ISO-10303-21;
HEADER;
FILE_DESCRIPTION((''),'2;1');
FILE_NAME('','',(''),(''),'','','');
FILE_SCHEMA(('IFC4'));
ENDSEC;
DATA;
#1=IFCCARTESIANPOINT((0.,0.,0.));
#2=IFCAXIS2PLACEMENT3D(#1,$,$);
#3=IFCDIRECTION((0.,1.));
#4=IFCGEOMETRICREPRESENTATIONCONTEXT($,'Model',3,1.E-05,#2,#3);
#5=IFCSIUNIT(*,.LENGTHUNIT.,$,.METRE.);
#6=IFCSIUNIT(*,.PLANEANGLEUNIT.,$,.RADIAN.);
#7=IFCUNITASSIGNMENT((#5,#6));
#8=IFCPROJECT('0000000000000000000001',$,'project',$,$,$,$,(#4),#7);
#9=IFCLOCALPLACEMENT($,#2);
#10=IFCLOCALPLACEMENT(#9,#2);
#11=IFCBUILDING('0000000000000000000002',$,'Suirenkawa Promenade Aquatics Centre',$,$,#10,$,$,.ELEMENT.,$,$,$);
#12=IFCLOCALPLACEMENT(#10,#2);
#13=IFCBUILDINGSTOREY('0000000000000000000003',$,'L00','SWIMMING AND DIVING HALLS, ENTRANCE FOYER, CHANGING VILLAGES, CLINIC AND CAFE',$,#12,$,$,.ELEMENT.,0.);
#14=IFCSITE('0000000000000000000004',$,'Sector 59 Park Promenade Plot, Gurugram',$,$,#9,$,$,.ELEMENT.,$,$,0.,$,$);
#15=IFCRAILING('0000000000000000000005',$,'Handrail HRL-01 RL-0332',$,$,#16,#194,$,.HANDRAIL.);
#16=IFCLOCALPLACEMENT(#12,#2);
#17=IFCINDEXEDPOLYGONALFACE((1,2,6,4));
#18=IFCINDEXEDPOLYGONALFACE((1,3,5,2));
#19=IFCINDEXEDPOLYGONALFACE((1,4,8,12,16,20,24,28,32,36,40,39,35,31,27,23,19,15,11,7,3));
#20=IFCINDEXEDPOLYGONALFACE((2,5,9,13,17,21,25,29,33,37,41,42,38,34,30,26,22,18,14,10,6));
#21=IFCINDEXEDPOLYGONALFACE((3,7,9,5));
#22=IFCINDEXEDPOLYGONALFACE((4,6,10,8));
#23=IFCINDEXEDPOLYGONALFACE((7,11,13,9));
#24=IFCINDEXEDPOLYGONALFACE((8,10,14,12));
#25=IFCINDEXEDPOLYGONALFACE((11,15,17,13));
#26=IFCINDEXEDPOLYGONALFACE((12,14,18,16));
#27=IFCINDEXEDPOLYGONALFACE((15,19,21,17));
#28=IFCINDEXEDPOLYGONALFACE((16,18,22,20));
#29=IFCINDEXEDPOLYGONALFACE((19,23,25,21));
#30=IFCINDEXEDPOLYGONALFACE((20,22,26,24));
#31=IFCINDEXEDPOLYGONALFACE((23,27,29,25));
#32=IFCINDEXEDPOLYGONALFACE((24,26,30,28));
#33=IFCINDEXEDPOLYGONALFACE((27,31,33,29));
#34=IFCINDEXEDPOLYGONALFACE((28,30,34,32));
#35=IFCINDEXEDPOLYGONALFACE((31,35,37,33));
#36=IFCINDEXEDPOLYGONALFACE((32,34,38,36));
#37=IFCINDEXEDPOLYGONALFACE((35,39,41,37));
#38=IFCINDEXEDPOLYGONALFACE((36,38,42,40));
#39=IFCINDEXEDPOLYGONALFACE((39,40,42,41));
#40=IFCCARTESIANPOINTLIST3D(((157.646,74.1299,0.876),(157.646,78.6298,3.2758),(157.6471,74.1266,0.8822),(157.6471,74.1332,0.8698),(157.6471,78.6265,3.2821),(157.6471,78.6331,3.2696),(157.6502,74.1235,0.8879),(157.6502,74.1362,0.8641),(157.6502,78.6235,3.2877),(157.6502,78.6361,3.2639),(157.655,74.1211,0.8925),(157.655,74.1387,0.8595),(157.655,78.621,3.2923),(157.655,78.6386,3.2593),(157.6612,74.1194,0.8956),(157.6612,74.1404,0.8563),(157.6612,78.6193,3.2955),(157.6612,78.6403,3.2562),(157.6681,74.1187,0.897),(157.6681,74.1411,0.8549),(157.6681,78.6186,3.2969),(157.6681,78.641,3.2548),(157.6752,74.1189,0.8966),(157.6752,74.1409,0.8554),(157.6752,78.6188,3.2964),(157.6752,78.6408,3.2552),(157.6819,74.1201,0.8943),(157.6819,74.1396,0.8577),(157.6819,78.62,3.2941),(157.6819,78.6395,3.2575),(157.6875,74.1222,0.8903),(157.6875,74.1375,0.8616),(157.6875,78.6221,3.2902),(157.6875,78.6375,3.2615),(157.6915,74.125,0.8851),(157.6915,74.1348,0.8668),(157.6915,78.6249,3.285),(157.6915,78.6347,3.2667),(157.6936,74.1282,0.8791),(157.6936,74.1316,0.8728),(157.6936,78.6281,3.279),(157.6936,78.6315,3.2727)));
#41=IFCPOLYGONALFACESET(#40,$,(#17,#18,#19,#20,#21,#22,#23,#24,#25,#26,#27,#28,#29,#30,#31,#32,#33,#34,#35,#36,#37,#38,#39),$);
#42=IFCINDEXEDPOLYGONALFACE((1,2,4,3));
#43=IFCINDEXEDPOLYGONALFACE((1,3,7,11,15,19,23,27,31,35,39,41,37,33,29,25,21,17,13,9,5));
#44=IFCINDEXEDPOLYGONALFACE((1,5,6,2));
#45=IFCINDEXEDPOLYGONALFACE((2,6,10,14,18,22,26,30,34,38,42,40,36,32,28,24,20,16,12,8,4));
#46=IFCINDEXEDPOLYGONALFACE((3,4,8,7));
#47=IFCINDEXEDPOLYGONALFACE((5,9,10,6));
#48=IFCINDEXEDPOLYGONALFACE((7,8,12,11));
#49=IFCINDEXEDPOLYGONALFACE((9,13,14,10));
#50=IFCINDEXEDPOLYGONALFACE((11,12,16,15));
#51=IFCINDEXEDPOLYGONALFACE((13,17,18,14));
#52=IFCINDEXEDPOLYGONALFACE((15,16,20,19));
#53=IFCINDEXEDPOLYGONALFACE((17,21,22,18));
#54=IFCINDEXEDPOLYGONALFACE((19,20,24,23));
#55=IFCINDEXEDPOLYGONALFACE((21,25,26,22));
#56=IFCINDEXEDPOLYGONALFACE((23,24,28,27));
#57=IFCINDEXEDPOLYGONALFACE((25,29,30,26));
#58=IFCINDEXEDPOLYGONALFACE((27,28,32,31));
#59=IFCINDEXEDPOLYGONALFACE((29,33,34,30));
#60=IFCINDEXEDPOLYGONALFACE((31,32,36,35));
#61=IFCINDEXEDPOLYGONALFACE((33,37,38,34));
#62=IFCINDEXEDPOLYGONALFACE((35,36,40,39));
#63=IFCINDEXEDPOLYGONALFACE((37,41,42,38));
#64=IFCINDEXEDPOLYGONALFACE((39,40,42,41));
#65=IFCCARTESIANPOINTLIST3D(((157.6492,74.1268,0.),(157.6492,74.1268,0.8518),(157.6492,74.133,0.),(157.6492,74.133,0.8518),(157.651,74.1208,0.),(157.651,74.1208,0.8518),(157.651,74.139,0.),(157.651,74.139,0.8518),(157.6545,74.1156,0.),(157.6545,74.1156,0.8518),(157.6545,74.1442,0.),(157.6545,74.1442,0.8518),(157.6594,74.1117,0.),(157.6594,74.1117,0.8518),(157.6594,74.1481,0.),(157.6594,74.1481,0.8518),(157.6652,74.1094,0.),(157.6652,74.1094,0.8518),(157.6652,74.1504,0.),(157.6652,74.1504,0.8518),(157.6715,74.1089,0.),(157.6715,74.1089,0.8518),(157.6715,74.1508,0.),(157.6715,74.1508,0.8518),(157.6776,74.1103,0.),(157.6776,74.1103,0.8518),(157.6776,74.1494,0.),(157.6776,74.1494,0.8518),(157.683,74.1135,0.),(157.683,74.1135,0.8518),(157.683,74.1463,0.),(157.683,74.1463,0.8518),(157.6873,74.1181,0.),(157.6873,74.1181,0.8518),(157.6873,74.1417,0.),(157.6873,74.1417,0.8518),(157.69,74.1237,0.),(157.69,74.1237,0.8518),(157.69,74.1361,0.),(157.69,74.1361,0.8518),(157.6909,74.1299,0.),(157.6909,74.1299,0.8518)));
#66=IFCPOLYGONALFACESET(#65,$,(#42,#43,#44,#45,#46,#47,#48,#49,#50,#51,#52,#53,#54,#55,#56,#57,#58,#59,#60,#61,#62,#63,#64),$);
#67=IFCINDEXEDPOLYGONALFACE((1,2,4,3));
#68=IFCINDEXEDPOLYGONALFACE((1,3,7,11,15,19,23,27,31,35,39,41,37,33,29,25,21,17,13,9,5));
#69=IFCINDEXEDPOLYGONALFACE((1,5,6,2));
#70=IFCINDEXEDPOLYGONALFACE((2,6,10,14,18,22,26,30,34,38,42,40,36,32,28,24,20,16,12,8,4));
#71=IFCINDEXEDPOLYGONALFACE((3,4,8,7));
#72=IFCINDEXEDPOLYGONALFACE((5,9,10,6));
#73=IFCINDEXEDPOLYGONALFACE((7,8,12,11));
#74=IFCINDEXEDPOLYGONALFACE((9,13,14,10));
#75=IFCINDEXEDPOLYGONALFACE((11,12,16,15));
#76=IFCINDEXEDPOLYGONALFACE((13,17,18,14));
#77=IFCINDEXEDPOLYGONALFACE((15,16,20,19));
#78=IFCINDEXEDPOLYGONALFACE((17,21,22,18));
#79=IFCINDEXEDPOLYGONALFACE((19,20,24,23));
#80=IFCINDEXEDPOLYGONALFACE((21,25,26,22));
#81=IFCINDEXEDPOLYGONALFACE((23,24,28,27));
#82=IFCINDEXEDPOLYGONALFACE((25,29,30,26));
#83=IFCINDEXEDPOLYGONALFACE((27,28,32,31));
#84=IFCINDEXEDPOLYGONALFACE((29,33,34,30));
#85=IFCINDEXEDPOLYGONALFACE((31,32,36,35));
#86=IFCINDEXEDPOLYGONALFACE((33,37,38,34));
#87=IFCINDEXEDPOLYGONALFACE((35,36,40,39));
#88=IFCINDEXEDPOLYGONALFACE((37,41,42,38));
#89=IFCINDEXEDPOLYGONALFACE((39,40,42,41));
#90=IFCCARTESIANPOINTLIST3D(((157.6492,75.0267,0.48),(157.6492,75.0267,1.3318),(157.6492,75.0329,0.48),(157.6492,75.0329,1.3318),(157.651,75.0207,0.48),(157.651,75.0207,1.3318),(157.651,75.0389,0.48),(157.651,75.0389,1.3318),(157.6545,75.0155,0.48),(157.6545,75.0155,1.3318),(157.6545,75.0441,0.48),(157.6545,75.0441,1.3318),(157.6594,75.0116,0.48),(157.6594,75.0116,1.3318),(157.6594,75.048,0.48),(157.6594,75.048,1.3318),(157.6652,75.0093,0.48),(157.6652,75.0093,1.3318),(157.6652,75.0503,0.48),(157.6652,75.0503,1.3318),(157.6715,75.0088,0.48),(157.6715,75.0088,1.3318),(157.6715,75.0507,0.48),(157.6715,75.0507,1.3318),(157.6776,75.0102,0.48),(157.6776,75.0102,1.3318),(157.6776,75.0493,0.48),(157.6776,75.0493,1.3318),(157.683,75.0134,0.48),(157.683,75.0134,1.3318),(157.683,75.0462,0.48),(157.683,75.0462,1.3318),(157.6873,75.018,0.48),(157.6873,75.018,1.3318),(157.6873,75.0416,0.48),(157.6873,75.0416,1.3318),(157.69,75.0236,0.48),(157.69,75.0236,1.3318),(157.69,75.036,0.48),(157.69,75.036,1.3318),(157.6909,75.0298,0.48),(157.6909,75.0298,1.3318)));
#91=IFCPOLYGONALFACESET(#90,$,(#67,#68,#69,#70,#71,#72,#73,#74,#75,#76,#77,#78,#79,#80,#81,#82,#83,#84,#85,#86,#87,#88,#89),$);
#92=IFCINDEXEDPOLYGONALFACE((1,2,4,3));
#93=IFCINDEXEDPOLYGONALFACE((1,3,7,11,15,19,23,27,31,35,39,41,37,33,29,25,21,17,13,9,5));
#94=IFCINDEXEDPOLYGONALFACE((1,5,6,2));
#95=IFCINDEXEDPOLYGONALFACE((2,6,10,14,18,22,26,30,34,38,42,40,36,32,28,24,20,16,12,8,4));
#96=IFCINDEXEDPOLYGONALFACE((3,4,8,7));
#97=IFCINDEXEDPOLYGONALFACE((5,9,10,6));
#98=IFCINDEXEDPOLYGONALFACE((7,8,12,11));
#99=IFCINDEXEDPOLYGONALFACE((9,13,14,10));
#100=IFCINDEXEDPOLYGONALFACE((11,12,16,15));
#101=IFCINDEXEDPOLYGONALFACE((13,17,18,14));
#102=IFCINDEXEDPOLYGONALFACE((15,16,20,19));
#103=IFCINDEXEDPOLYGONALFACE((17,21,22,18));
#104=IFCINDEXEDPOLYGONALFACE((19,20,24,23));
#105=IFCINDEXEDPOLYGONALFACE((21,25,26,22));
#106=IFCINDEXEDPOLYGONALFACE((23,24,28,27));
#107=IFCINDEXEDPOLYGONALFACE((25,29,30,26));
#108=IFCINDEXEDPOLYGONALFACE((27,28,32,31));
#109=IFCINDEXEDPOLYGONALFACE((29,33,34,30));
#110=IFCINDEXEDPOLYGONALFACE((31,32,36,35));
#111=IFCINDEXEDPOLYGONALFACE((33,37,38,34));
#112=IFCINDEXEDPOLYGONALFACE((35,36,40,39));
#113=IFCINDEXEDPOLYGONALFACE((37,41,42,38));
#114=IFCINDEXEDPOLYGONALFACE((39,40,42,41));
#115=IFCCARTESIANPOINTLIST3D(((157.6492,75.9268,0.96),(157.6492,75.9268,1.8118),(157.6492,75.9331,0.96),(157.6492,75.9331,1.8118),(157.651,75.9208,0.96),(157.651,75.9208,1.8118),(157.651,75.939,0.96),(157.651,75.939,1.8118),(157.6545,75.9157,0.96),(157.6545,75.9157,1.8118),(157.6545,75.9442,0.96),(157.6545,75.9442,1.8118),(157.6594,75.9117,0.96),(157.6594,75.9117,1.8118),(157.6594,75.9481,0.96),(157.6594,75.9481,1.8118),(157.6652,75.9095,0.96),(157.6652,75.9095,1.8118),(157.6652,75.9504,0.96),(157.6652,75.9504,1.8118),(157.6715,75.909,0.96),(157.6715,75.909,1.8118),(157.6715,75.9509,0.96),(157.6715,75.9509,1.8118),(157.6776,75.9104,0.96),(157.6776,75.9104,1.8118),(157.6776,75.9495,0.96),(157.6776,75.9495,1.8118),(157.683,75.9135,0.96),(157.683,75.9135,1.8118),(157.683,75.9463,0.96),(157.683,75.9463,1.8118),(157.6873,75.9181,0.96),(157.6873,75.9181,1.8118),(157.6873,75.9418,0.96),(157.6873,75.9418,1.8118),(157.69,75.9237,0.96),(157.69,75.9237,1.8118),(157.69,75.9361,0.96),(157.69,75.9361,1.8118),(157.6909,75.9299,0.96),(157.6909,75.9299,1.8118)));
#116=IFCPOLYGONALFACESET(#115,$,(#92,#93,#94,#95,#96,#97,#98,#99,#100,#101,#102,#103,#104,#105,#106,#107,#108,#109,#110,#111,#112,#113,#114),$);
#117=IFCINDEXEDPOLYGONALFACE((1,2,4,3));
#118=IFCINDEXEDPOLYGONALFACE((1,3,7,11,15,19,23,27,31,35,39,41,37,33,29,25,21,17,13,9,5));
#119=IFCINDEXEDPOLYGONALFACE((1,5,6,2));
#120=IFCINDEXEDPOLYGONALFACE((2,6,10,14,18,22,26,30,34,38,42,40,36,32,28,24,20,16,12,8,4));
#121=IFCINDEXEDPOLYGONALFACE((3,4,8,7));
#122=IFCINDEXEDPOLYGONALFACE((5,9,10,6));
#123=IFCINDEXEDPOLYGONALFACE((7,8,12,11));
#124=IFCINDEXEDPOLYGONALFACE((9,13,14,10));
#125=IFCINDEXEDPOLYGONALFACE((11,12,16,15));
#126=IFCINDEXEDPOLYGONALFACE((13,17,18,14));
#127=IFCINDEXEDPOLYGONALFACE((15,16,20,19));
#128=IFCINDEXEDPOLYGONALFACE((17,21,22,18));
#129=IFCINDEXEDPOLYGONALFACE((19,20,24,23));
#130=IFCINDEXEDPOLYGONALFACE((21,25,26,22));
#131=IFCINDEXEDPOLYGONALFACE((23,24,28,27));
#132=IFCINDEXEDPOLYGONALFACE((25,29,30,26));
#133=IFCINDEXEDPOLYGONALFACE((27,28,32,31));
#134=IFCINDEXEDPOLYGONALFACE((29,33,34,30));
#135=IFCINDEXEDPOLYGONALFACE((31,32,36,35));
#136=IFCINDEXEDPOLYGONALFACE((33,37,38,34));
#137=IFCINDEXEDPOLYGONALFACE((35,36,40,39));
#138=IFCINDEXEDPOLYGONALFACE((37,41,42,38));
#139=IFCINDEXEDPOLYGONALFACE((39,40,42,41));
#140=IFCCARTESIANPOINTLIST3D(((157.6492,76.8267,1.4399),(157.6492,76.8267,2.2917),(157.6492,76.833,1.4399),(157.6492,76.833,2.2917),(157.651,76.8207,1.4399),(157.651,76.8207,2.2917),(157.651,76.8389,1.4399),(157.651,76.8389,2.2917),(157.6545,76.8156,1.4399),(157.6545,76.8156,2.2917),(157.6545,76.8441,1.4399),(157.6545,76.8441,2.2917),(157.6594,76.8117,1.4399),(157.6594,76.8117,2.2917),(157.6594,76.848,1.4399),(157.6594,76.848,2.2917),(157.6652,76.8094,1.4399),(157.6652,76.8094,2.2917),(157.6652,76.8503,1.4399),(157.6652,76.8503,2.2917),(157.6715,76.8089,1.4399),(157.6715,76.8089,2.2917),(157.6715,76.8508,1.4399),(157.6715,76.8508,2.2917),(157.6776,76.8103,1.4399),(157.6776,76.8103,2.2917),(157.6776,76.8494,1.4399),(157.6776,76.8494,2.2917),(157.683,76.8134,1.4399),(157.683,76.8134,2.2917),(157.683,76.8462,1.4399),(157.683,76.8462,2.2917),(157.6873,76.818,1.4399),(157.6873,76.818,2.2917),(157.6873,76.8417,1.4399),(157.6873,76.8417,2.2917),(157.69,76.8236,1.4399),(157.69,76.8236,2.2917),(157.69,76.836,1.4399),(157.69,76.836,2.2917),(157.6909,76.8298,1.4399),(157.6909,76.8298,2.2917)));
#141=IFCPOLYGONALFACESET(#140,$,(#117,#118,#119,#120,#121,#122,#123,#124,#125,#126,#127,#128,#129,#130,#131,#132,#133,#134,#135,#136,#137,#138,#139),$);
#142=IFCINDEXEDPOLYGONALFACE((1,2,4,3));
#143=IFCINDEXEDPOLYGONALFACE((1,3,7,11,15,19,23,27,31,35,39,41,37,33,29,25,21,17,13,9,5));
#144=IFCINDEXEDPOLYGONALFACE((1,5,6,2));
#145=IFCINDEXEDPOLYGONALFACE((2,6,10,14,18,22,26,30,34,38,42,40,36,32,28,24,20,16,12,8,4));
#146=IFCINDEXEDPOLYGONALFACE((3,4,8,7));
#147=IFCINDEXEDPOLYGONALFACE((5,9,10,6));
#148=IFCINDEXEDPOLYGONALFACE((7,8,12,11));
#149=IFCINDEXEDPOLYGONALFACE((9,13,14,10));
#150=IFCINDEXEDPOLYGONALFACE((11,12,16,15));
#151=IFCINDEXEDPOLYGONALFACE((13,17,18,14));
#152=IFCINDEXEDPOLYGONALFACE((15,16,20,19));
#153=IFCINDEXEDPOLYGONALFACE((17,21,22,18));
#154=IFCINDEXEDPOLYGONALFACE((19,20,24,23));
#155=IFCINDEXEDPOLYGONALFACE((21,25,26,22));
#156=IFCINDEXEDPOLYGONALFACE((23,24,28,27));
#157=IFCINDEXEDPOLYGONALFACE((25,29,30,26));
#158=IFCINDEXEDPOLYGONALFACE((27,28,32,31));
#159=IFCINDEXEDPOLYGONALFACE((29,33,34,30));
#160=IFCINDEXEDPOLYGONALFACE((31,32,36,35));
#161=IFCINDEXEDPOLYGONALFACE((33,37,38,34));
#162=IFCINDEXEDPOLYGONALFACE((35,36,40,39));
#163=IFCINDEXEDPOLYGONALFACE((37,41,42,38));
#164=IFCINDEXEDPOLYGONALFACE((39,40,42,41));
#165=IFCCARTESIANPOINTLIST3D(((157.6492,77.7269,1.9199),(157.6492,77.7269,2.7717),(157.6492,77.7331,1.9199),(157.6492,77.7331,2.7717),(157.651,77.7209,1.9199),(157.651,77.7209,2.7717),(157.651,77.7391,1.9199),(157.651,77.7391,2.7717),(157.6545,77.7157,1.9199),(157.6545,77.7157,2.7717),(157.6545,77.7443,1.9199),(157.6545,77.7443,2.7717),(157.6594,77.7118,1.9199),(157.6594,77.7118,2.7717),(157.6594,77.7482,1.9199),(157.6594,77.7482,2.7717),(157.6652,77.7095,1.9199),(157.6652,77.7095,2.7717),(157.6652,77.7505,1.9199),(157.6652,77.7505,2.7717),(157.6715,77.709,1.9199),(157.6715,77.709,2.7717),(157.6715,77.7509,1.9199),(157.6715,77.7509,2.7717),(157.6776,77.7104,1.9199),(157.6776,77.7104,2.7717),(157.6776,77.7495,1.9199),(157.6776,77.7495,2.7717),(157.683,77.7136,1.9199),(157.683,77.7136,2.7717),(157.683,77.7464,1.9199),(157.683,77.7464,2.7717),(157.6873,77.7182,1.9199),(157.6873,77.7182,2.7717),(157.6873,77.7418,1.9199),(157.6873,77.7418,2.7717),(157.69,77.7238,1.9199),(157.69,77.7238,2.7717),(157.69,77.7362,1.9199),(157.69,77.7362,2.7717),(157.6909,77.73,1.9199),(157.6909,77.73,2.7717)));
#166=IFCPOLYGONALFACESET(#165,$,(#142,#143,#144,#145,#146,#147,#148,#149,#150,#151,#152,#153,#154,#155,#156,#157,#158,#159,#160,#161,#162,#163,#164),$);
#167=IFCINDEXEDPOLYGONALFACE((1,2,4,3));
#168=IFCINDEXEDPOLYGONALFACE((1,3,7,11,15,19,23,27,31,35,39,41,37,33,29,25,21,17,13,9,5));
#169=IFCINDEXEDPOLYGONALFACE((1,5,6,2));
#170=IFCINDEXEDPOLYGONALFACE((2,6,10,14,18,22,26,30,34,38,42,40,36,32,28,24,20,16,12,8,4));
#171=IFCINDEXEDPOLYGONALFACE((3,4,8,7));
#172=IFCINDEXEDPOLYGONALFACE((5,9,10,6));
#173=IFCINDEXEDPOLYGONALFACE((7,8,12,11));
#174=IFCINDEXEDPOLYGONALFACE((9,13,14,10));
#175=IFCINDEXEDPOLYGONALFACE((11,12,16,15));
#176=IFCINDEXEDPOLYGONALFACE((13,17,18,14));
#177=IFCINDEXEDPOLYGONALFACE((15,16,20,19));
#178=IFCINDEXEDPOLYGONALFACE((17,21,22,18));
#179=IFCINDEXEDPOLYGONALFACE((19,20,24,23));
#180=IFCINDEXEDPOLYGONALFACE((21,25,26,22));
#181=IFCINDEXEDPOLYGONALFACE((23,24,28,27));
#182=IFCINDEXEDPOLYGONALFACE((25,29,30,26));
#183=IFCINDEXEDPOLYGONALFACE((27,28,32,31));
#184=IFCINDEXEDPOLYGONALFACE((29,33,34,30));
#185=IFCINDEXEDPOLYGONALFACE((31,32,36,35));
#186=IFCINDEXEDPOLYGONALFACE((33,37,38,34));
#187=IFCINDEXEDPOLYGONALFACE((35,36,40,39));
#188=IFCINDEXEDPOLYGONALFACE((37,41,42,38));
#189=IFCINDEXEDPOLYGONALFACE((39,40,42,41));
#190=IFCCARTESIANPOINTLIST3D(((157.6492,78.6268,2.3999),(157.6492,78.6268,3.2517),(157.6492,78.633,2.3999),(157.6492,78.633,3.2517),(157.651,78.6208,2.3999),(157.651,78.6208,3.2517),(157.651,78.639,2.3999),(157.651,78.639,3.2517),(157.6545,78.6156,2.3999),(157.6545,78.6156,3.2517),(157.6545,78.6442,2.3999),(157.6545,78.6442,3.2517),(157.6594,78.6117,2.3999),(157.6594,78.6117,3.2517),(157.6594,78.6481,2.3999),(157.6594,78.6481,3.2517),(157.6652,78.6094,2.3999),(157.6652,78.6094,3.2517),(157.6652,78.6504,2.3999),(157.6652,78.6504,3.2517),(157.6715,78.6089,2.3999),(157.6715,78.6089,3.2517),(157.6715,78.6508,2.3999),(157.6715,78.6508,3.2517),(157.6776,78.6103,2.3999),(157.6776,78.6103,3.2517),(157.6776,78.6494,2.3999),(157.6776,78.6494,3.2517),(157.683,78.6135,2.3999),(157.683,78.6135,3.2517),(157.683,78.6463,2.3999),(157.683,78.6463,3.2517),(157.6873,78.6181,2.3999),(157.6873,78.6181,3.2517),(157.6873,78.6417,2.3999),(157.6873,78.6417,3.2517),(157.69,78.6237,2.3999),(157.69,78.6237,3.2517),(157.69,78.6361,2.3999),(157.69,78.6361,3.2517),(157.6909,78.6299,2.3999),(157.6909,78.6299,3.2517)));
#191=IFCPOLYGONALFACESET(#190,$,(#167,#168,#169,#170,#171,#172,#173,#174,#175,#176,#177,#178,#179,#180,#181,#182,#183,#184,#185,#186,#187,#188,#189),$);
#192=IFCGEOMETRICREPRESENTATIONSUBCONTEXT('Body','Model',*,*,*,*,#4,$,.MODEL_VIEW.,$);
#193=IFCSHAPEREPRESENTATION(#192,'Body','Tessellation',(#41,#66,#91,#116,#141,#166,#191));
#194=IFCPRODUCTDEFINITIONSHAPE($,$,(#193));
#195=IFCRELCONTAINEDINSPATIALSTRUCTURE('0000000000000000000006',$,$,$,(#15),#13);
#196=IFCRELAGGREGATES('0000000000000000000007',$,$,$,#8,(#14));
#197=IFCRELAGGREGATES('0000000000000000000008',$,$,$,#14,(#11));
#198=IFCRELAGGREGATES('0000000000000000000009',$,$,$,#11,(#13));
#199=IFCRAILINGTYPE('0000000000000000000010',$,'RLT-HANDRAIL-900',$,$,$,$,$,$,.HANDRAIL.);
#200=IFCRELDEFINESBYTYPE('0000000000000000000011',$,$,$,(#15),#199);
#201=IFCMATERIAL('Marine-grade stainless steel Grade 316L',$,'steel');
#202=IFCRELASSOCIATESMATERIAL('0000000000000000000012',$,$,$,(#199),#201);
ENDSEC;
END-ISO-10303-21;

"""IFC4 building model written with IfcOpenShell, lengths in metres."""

from ifc_helpers import new_model, si_unit, direction, frame, origin, origin_2d, place, context, subcontext, project, spatial, circle, extrude, material, type_object, element, save


model = new_model("IFC4")

# Units and contexts
model_context = context("Model", 3, precision=1e-05, world=origin(), true_north=direction((0.0, 1.0)))
body_context = subcontext(model_context, "Body", "Model", "MODEL_VIEW")
ifc_project = project(units=[si_unit("LENGTHUNIT", "METRE"), si_unit("PLANEANGLEUNIT", "RADIAN")], contexts=[model_context])

# Site, building, storey
site_placement = place(None, origin())
site = spatial("IfcSite", under=ifc_project, at=site_placement, Name="Sector 59 Park Promenade Plot, Gurugram", CompositionType="ELEMENT", RefElevation=0.0)
building_placement = place(site_placement, origin())
building = spatial("IfcBuilding", under=site, at=building_placement, Name="Suirenkawa Promenade Aquatics Centre", CompositionType="ELEMENT")
storey_placement = place(building_placement, origin())
storey = spatial("IfcBuildingStorey", under=building, at=storey_placement, Name="L00", Description="SWIMMING AND DIVING HALLS, ENTRANCE FOYER, CHANGING VILLAGES, CLINIC AND CAFE", CompositionType="ELEMENT", Elevation=0.0)

# Railing
ifc_material_1 = material(Name="Marine-grade stainless steel Grade 316L", Category="steel")
railing_type_1 = type_object("IfcRailingType", Name="RLT-HANDRAIL-900", PredefinedType="HANDRAIL", material=ifc_material_1)
for number, where, name in (
    (1, (157.6699, 74.1299, 0.0), "Handrail HRL-01 RL-0332"),
):
    element("IfcRailing", number, at=place(storey_placement, frame(where)), inside=storey, type_object=railing_type_1, Name=name, PredefinedType="HANDRAIL", context=body_context, shape_type="SweptSolid", body=[
        extrude(circle(Radius=0.0239, at=origin_2d()), frame((0.0, 0.0, 0.876), z_axis=(0.0, 0.882361, 0.470573), x_axis=(-1.0, 0.0, 0.0)), (0.0, 0.0, 1.0), 5.0999),
        extrude(circle(Radius=0.021, at=origin_2d()), origin(), (0.0, 0.0, 1.0), 0.8518),
        extrude(circle(Radius=0.021, at=origin_2d()), frame((0.0, 0.8999, 0.48)), (0.0, 0.0, 1.0), 0.8518),
        extrude(circle(Radius=0.021, at=origin_2d()), frame((0.0, 1.8, 0.96)), (0.0, 0.0, 1.0), 0.8518),
        extrude(circle(Radius=0.021, at=origin_2d()), frame((0.0, 2.7, 1.4399)), (0.0, 0.0, 1.0), 0.8518),
        extrude(circle(Radius=0.021, at=origin_2d()), frame((0.0, 3.6001, 1.9199)), (0.0, 0.0, 1.0), 0.8518),
        extrude(circle(Radius=0.021, at=origin_2d()), frame((0.0, 4.5, 2.3999)), (0.0, 0.0, 1.0), 0.8518),
    ])

save(model, "model.ifc")
